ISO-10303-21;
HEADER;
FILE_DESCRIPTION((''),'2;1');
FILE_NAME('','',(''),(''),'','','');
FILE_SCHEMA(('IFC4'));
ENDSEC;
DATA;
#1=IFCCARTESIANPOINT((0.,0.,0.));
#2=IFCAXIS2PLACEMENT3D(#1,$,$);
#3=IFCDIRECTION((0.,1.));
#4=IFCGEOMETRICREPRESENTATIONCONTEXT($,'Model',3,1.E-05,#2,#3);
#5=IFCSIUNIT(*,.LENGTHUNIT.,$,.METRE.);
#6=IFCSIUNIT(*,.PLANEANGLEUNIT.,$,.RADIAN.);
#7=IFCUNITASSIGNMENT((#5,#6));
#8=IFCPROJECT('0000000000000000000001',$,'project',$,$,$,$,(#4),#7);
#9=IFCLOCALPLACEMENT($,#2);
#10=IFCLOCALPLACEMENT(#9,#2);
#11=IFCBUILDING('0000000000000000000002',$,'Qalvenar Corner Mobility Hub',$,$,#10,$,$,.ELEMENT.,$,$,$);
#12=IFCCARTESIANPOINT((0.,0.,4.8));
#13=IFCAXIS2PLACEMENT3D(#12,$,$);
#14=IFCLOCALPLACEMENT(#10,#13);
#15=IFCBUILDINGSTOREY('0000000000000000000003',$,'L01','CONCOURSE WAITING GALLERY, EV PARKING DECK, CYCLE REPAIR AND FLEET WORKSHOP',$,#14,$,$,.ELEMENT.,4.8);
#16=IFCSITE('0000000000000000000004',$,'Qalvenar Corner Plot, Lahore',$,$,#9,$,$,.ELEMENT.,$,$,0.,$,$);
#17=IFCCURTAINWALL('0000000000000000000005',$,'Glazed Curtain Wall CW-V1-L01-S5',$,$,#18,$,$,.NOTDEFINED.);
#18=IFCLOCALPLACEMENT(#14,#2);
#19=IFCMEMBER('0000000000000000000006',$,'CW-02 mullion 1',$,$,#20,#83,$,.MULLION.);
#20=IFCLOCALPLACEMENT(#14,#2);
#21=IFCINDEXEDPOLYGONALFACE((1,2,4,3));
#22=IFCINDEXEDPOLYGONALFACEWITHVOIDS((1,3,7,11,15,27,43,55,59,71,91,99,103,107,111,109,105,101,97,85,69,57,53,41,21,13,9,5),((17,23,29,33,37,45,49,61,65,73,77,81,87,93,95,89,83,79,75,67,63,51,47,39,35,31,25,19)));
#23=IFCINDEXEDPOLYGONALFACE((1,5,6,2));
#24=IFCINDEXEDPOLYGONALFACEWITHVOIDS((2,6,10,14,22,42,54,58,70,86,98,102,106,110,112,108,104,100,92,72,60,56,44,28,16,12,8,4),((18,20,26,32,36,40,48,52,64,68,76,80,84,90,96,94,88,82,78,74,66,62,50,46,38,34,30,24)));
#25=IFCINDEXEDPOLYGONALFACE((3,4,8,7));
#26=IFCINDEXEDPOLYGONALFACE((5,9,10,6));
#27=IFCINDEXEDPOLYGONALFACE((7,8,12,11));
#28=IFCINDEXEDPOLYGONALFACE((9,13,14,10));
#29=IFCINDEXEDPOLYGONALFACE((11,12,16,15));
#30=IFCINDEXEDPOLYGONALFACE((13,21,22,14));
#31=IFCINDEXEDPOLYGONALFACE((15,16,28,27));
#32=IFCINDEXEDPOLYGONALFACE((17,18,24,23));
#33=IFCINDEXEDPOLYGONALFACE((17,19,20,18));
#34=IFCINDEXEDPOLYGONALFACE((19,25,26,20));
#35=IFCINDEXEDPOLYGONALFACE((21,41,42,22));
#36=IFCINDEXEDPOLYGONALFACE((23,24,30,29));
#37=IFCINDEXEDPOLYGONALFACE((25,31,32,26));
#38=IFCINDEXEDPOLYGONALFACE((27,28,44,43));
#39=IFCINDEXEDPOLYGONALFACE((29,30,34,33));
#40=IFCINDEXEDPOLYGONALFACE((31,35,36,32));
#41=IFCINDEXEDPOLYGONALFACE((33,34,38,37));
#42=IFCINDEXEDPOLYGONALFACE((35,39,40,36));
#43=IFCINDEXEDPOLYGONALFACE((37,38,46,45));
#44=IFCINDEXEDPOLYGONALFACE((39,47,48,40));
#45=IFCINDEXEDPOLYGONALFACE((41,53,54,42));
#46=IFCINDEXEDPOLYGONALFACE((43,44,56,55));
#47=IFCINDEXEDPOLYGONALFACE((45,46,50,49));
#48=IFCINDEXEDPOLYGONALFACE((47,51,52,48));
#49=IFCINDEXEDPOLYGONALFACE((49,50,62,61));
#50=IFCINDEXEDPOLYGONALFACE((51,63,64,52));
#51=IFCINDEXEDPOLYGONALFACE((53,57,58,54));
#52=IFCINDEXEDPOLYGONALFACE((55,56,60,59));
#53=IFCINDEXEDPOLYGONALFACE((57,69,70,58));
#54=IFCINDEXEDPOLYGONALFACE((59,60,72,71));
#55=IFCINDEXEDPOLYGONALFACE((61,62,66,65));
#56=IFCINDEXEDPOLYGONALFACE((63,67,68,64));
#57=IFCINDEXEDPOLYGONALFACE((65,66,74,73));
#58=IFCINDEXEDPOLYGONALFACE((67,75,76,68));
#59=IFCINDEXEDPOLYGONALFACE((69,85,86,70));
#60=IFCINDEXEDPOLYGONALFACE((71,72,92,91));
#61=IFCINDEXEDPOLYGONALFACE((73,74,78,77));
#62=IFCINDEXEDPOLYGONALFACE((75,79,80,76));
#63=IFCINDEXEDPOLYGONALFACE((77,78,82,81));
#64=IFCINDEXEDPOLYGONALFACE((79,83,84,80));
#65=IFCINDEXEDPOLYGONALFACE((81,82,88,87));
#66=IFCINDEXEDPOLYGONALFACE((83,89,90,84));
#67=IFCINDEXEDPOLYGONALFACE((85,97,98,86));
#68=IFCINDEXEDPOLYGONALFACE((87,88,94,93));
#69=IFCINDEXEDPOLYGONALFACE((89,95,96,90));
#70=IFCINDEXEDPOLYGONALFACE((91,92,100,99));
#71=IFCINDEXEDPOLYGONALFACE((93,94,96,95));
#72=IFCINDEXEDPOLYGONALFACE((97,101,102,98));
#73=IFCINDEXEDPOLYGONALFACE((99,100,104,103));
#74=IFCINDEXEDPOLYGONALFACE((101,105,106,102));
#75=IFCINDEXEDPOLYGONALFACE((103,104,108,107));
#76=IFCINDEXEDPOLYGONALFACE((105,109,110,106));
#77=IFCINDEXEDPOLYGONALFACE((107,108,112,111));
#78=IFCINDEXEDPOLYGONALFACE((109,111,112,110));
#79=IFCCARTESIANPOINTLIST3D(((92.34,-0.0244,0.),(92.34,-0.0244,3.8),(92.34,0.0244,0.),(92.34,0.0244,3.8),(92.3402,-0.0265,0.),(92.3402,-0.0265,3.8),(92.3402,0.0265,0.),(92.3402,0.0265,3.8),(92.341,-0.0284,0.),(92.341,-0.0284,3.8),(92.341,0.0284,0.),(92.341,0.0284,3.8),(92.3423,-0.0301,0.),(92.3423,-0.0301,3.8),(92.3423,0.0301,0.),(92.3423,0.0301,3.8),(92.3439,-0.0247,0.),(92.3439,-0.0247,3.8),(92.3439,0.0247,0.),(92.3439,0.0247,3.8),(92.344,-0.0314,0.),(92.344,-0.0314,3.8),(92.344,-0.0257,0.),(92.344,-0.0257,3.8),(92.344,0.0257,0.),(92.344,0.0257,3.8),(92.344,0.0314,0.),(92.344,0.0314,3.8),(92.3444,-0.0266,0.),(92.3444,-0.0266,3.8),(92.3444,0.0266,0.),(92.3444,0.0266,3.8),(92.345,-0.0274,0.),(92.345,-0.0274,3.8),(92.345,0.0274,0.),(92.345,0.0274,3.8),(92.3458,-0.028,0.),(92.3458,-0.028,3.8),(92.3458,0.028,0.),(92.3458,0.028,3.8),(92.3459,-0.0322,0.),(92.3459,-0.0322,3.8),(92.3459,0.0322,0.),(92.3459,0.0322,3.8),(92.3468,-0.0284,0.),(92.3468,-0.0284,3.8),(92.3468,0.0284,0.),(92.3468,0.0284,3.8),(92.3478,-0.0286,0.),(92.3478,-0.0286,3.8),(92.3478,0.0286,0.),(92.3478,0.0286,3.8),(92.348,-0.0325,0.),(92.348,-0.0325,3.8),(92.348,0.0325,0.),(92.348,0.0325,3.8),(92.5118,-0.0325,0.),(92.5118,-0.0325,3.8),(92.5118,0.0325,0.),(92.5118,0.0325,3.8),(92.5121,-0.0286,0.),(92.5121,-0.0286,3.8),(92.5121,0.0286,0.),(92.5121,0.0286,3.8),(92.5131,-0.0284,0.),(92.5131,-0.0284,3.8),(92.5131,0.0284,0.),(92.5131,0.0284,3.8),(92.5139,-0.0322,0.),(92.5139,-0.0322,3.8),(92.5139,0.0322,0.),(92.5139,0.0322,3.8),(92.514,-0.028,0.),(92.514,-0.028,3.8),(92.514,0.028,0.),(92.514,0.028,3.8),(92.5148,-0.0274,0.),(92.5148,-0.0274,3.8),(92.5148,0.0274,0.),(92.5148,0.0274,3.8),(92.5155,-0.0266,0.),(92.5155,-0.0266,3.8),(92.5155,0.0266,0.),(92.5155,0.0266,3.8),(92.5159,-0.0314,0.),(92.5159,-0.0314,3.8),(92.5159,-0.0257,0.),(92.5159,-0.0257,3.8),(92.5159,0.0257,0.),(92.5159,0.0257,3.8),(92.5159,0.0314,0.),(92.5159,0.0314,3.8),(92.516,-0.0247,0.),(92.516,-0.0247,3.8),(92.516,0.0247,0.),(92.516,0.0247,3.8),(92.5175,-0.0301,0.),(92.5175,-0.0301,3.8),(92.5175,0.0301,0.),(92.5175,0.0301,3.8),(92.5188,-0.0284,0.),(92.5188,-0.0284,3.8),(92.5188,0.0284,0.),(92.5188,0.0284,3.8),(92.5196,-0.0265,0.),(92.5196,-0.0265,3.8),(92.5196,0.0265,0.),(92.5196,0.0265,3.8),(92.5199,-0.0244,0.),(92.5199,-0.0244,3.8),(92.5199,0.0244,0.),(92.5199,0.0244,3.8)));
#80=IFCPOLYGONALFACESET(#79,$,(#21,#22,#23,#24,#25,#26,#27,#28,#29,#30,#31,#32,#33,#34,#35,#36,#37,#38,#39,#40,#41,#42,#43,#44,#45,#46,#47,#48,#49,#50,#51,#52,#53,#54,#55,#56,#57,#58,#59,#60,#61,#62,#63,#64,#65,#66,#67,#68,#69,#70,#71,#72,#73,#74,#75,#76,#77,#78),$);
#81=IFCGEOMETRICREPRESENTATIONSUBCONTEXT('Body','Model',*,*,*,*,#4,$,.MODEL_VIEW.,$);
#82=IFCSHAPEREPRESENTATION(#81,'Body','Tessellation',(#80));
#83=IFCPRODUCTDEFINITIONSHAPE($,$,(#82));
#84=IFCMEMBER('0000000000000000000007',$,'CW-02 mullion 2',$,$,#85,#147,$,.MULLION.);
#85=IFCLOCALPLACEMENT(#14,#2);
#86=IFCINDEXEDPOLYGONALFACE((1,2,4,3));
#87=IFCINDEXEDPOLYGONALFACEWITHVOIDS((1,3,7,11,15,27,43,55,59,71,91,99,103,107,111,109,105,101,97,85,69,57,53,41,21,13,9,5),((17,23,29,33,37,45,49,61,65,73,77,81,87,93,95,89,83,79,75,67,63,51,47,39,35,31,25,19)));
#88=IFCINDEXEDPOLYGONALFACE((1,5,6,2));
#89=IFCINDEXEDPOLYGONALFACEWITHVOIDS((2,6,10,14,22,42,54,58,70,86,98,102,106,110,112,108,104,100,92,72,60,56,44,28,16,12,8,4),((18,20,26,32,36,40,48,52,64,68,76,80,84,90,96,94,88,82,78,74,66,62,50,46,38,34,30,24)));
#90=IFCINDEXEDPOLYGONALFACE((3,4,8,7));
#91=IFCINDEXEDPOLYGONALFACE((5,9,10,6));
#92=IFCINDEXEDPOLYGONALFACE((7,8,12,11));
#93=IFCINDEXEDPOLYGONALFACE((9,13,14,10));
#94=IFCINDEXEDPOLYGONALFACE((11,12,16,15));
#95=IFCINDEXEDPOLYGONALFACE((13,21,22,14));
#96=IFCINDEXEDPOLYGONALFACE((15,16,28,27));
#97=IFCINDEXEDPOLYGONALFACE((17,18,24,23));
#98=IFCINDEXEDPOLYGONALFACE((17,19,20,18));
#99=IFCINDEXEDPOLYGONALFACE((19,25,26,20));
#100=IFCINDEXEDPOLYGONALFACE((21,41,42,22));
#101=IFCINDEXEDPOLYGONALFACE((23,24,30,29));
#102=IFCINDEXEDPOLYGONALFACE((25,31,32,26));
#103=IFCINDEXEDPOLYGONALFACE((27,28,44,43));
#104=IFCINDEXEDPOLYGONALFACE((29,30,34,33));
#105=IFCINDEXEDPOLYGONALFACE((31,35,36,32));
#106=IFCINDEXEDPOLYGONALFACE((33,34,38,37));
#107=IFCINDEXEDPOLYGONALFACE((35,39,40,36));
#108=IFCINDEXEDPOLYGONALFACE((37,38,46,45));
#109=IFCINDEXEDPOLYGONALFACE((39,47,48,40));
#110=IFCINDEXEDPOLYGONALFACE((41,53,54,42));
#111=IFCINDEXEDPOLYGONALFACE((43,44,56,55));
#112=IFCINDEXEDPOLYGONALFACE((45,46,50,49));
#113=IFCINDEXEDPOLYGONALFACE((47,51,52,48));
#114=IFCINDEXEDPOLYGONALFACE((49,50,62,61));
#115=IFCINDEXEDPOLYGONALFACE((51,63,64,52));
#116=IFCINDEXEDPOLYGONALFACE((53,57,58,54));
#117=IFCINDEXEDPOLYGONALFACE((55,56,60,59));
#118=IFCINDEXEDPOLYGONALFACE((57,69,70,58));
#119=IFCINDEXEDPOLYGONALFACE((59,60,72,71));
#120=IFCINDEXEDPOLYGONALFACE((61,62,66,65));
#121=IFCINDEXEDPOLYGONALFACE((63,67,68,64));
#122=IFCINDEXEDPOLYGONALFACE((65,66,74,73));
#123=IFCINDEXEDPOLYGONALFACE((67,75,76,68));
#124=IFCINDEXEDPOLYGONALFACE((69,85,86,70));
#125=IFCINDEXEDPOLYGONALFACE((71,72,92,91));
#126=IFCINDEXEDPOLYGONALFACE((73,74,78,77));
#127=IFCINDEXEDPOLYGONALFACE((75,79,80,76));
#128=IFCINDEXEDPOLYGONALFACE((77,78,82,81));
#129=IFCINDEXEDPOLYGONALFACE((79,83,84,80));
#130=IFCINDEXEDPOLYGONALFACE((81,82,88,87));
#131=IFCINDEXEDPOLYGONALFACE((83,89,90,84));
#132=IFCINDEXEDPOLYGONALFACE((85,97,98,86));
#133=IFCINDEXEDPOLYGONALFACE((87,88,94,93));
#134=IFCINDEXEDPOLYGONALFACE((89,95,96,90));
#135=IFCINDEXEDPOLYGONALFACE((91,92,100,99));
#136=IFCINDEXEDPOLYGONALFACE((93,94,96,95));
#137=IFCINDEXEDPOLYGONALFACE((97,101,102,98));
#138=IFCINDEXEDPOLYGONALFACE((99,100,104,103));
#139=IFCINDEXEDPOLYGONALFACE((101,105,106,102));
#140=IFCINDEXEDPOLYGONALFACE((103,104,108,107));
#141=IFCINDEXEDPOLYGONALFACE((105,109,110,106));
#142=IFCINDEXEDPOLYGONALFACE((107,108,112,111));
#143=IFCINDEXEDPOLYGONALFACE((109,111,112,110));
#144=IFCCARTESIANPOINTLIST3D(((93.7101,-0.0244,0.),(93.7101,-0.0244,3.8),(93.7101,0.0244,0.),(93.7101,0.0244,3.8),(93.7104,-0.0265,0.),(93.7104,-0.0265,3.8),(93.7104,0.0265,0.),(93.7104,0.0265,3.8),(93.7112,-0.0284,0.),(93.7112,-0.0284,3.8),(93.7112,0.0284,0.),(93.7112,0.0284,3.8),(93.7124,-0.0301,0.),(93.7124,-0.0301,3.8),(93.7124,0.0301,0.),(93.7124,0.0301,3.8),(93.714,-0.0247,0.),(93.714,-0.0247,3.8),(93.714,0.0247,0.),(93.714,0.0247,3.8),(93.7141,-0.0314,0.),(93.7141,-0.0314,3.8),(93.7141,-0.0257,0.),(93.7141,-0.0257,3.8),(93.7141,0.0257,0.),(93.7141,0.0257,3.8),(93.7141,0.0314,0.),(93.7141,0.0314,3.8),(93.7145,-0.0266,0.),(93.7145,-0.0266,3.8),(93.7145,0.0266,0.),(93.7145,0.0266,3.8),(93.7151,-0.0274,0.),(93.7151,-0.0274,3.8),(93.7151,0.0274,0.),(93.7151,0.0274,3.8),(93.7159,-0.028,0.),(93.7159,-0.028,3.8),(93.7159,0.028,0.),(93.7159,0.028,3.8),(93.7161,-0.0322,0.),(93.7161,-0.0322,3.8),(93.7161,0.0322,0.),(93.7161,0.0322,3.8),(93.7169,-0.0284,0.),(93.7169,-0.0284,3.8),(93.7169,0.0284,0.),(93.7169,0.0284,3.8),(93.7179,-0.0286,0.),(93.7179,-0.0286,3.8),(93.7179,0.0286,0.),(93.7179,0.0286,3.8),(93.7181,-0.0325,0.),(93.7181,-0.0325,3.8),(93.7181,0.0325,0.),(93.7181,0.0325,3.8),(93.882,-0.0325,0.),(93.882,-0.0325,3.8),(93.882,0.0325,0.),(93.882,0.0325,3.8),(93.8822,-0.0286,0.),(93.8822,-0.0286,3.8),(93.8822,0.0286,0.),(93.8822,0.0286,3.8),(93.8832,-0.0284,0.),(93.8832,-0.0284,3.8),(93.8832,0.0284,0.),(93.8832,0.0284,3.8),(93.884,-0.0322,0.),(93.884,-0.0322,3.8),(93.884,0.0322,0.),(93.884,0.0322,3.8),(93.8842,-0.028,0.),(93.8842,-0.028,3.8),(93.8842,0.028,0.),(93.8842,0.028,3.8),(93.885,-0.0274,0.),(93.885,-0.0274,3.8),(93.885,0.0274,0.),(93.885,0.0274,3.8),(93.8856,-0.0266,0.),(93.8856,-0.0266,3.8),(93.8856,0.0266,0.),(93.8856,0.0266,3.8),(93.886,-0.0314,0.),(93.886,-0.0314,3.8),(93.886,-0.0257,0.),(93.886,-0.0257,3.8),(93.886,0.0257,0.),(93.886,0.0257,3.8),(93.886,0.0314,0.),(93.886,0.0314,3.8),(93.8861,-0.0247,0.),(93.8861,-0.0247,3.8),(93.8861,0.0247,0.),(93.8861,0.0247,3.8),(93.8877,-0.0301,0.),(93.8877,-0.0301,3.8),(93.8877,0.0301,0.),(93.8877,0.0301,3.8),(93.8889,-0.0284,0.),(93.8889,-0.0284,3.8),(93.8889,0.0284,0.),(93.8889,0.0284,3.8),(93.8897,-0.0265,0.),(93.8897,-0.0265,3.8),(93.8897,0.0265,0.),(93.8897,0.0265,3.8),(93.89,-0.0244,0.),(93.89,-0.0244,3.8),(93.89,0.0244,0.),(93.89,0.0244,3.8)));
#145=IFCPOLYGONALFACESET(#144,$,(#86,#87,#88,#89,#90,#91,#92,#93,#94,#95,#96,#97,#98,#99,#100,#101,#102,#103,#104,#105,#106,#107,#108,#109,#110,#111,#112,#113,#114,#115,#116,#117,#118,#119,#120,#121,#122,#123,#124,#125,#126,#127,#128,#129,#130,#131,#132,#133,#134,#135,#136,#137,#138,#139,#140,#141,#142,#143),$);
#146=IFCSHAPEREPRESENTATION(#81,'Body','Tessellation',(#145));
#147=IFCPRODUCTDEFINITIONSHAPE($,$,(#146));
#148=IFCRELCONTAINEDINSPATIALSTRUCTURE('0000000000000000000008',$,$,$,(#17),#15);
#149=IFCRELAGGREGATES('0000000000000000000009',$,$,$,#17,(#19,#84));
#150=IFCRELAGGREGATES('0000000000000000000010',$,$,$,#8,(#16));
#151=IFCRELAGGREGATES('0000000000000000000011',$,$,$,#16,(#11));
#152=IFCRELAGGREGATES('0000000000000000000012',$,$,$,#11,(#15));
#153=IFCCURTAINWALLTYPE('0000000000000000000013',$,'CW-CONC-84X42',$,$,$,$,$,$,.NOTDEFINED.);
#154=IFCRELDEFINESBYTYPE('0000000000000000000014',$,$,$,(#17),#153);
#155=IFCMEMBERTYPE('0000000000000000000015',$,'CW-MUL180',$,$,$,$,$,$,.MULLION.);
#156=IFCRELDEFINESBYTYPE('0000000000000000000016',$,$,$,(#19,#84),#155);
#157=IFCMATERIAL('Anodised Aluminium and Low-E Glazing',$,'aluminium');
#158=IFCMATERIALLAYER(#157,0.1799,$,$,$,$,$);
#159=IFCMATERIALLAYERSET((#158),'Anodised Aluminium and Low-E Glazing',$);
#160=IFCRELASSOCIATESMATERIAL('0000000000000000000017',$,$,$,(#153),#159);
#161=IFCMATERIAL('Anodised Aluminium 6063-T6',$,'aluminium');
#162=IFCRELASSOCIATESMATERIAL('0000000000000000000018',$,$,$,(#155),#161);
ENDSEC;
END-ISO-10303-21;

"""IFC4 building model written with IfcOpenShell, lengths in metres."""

from ifc_helpers import new_model, si_unit, direction, frame, origin, origin_2d, place, context, subcontext, project, spatial, hollow_rectangle, extrude, material, layer, layer_set, material_profile, profile_set, type_object, element, aggregate, save


model = new_model("IFC4")

# Units and contexts
model_context = context("Model", 3, precision=1e-05, world=origin(), true_north=direction((0.0, 1.0)))
body_context = subcontext(model_context, "Body", "Model", "MODEL_VIEW")
ifc_project = project(units=[si_unit("LENGTHUNIT", "METRE"), si_unit("PLANEANGLEUNIT", "RADIAN")], contexts=[model_context])

# Site, building, storey
site_placement = place(None, origin())
site = spatial("IfcSite", under=ifc_project, at=site_placement, Name="Qalvenar Corner Plot, Lahore", CompositionType="ELEMENT", RefElevation=0.0)
building_placement = place(site_placement, origin())
building = spatial("IfcBuilding", under=site, at=building_placement, Name="Qalvenar Corner Mobility Hub", CompositionType="ELEMENT")
storey_placement = place(building_placement, frame((0.0, 0.0, 4.8)))
storey = spatial("IfcBuildingStorey", under=building, at=storey_placement, Name="L01", Description="CONCOURSE WAITING GALLERY, EV PARKING DECK, CYCLE REPAIR AND FLEET WORKSHOP", CompositionType="ELEMENT", Elevation=4.8)

# Shared definitions
ifc_material_1 = material(Name="Anodised Aluminium and Low-E Glazing", Category="aluminium")
ifc_layer_1 = layer(ifc_material_1, 0.1799)
ifc_layer_set_1 = layer_set([ifc_layer_1], Name="Anodised Aluminium and Low-E Glazing")
curtain_wall_type = type_object("IfcCurtainWallType", Name="CW-CONC-84X42", PredefinedType="NOTDEFINED", material=ifc_layer_set_1)
ifc_material_2 = material(Name="Anodised Aluminium 6063-T6", Category="aluminium")
ifc_material_profile_1 = material_profile(ifc_material_2, hollow_rectangle(XDim=0.0649, YDim=0.1799, WallThickness=0.0039, InnerFilletRadius=0.0039, OuterFilletRadius=0.0081, at=origin_2d()), Name="RHS180x65x4")
ifc_profile_set_1 = profile_set([ifc_material_profile_1], Name="Anodised Aluminium 6063-T6")
member_type_1 = type_object("IfcMemberType", Name="CW-MUL180", PredefinedType="MULLION", material=ifc_profile_set_1)

# Curtain wall, members
curtain_wall_1_placement = place(storey_placement, origin())
curtain_wall_1 = element("IfcCurtainWall", 1, at=curtain_wall_1_placement, inside=storey, type_object=curtain_wall_type, Name="Glazed Curtain Wall CW-V1-L01-S5", PredefinedType="NOTDEFINED")
member_1_placement = place(storey_placement, frame((92.4299, 0.0, 0.0), z_axis=(0.0, 0.0, 1.0), x_axis=(0.0, 1.0, 0.0)))
member_1 = element("IfcMember", 2, at=member_1_placement, type_object=member_type_1, Name="CW-02 mullion 1", PredefinedType="MULLION", context=body_context, shape_type="SweptSolid", body=[
    extrude(hollow_rectangle(XDim=0.0649, YDim=0.1799, WallThickness=0.0039, InnerFilletRadius=0.0039, OuterFilletRadius=0.0081, at=origin_2d()), origin(), (0.0, 0.0, 1.0), 3.8),
])
member_2_placement = place(storey_placement, frame((93.8, 0.0, 0.0), z_axis=(0.0, 0.0, 1.0), x_axis=(0.0, 1.0, 0.0)))
member_2 = element("IfcMember", 3, at=member_2_placement, type_object=member_type_1, Name="CW-02 mullion 2", PredefinedType="MULLION", context=body_context, shape_type="SweptSolid", body=[
    extrude(hollow_rectangle(XDim=0.0649, YDim=0.1799, WallThickness=0.0039, InnerFilletRadius=0.0039, OuterFilletRadius=0.0081, at=origin_2d()), origin(), (0.0, 0.0, 1.0), 3.8),
])

aggregate(curtain_wall_1, [member_1, member_2])

save(model, "model.ifc")
